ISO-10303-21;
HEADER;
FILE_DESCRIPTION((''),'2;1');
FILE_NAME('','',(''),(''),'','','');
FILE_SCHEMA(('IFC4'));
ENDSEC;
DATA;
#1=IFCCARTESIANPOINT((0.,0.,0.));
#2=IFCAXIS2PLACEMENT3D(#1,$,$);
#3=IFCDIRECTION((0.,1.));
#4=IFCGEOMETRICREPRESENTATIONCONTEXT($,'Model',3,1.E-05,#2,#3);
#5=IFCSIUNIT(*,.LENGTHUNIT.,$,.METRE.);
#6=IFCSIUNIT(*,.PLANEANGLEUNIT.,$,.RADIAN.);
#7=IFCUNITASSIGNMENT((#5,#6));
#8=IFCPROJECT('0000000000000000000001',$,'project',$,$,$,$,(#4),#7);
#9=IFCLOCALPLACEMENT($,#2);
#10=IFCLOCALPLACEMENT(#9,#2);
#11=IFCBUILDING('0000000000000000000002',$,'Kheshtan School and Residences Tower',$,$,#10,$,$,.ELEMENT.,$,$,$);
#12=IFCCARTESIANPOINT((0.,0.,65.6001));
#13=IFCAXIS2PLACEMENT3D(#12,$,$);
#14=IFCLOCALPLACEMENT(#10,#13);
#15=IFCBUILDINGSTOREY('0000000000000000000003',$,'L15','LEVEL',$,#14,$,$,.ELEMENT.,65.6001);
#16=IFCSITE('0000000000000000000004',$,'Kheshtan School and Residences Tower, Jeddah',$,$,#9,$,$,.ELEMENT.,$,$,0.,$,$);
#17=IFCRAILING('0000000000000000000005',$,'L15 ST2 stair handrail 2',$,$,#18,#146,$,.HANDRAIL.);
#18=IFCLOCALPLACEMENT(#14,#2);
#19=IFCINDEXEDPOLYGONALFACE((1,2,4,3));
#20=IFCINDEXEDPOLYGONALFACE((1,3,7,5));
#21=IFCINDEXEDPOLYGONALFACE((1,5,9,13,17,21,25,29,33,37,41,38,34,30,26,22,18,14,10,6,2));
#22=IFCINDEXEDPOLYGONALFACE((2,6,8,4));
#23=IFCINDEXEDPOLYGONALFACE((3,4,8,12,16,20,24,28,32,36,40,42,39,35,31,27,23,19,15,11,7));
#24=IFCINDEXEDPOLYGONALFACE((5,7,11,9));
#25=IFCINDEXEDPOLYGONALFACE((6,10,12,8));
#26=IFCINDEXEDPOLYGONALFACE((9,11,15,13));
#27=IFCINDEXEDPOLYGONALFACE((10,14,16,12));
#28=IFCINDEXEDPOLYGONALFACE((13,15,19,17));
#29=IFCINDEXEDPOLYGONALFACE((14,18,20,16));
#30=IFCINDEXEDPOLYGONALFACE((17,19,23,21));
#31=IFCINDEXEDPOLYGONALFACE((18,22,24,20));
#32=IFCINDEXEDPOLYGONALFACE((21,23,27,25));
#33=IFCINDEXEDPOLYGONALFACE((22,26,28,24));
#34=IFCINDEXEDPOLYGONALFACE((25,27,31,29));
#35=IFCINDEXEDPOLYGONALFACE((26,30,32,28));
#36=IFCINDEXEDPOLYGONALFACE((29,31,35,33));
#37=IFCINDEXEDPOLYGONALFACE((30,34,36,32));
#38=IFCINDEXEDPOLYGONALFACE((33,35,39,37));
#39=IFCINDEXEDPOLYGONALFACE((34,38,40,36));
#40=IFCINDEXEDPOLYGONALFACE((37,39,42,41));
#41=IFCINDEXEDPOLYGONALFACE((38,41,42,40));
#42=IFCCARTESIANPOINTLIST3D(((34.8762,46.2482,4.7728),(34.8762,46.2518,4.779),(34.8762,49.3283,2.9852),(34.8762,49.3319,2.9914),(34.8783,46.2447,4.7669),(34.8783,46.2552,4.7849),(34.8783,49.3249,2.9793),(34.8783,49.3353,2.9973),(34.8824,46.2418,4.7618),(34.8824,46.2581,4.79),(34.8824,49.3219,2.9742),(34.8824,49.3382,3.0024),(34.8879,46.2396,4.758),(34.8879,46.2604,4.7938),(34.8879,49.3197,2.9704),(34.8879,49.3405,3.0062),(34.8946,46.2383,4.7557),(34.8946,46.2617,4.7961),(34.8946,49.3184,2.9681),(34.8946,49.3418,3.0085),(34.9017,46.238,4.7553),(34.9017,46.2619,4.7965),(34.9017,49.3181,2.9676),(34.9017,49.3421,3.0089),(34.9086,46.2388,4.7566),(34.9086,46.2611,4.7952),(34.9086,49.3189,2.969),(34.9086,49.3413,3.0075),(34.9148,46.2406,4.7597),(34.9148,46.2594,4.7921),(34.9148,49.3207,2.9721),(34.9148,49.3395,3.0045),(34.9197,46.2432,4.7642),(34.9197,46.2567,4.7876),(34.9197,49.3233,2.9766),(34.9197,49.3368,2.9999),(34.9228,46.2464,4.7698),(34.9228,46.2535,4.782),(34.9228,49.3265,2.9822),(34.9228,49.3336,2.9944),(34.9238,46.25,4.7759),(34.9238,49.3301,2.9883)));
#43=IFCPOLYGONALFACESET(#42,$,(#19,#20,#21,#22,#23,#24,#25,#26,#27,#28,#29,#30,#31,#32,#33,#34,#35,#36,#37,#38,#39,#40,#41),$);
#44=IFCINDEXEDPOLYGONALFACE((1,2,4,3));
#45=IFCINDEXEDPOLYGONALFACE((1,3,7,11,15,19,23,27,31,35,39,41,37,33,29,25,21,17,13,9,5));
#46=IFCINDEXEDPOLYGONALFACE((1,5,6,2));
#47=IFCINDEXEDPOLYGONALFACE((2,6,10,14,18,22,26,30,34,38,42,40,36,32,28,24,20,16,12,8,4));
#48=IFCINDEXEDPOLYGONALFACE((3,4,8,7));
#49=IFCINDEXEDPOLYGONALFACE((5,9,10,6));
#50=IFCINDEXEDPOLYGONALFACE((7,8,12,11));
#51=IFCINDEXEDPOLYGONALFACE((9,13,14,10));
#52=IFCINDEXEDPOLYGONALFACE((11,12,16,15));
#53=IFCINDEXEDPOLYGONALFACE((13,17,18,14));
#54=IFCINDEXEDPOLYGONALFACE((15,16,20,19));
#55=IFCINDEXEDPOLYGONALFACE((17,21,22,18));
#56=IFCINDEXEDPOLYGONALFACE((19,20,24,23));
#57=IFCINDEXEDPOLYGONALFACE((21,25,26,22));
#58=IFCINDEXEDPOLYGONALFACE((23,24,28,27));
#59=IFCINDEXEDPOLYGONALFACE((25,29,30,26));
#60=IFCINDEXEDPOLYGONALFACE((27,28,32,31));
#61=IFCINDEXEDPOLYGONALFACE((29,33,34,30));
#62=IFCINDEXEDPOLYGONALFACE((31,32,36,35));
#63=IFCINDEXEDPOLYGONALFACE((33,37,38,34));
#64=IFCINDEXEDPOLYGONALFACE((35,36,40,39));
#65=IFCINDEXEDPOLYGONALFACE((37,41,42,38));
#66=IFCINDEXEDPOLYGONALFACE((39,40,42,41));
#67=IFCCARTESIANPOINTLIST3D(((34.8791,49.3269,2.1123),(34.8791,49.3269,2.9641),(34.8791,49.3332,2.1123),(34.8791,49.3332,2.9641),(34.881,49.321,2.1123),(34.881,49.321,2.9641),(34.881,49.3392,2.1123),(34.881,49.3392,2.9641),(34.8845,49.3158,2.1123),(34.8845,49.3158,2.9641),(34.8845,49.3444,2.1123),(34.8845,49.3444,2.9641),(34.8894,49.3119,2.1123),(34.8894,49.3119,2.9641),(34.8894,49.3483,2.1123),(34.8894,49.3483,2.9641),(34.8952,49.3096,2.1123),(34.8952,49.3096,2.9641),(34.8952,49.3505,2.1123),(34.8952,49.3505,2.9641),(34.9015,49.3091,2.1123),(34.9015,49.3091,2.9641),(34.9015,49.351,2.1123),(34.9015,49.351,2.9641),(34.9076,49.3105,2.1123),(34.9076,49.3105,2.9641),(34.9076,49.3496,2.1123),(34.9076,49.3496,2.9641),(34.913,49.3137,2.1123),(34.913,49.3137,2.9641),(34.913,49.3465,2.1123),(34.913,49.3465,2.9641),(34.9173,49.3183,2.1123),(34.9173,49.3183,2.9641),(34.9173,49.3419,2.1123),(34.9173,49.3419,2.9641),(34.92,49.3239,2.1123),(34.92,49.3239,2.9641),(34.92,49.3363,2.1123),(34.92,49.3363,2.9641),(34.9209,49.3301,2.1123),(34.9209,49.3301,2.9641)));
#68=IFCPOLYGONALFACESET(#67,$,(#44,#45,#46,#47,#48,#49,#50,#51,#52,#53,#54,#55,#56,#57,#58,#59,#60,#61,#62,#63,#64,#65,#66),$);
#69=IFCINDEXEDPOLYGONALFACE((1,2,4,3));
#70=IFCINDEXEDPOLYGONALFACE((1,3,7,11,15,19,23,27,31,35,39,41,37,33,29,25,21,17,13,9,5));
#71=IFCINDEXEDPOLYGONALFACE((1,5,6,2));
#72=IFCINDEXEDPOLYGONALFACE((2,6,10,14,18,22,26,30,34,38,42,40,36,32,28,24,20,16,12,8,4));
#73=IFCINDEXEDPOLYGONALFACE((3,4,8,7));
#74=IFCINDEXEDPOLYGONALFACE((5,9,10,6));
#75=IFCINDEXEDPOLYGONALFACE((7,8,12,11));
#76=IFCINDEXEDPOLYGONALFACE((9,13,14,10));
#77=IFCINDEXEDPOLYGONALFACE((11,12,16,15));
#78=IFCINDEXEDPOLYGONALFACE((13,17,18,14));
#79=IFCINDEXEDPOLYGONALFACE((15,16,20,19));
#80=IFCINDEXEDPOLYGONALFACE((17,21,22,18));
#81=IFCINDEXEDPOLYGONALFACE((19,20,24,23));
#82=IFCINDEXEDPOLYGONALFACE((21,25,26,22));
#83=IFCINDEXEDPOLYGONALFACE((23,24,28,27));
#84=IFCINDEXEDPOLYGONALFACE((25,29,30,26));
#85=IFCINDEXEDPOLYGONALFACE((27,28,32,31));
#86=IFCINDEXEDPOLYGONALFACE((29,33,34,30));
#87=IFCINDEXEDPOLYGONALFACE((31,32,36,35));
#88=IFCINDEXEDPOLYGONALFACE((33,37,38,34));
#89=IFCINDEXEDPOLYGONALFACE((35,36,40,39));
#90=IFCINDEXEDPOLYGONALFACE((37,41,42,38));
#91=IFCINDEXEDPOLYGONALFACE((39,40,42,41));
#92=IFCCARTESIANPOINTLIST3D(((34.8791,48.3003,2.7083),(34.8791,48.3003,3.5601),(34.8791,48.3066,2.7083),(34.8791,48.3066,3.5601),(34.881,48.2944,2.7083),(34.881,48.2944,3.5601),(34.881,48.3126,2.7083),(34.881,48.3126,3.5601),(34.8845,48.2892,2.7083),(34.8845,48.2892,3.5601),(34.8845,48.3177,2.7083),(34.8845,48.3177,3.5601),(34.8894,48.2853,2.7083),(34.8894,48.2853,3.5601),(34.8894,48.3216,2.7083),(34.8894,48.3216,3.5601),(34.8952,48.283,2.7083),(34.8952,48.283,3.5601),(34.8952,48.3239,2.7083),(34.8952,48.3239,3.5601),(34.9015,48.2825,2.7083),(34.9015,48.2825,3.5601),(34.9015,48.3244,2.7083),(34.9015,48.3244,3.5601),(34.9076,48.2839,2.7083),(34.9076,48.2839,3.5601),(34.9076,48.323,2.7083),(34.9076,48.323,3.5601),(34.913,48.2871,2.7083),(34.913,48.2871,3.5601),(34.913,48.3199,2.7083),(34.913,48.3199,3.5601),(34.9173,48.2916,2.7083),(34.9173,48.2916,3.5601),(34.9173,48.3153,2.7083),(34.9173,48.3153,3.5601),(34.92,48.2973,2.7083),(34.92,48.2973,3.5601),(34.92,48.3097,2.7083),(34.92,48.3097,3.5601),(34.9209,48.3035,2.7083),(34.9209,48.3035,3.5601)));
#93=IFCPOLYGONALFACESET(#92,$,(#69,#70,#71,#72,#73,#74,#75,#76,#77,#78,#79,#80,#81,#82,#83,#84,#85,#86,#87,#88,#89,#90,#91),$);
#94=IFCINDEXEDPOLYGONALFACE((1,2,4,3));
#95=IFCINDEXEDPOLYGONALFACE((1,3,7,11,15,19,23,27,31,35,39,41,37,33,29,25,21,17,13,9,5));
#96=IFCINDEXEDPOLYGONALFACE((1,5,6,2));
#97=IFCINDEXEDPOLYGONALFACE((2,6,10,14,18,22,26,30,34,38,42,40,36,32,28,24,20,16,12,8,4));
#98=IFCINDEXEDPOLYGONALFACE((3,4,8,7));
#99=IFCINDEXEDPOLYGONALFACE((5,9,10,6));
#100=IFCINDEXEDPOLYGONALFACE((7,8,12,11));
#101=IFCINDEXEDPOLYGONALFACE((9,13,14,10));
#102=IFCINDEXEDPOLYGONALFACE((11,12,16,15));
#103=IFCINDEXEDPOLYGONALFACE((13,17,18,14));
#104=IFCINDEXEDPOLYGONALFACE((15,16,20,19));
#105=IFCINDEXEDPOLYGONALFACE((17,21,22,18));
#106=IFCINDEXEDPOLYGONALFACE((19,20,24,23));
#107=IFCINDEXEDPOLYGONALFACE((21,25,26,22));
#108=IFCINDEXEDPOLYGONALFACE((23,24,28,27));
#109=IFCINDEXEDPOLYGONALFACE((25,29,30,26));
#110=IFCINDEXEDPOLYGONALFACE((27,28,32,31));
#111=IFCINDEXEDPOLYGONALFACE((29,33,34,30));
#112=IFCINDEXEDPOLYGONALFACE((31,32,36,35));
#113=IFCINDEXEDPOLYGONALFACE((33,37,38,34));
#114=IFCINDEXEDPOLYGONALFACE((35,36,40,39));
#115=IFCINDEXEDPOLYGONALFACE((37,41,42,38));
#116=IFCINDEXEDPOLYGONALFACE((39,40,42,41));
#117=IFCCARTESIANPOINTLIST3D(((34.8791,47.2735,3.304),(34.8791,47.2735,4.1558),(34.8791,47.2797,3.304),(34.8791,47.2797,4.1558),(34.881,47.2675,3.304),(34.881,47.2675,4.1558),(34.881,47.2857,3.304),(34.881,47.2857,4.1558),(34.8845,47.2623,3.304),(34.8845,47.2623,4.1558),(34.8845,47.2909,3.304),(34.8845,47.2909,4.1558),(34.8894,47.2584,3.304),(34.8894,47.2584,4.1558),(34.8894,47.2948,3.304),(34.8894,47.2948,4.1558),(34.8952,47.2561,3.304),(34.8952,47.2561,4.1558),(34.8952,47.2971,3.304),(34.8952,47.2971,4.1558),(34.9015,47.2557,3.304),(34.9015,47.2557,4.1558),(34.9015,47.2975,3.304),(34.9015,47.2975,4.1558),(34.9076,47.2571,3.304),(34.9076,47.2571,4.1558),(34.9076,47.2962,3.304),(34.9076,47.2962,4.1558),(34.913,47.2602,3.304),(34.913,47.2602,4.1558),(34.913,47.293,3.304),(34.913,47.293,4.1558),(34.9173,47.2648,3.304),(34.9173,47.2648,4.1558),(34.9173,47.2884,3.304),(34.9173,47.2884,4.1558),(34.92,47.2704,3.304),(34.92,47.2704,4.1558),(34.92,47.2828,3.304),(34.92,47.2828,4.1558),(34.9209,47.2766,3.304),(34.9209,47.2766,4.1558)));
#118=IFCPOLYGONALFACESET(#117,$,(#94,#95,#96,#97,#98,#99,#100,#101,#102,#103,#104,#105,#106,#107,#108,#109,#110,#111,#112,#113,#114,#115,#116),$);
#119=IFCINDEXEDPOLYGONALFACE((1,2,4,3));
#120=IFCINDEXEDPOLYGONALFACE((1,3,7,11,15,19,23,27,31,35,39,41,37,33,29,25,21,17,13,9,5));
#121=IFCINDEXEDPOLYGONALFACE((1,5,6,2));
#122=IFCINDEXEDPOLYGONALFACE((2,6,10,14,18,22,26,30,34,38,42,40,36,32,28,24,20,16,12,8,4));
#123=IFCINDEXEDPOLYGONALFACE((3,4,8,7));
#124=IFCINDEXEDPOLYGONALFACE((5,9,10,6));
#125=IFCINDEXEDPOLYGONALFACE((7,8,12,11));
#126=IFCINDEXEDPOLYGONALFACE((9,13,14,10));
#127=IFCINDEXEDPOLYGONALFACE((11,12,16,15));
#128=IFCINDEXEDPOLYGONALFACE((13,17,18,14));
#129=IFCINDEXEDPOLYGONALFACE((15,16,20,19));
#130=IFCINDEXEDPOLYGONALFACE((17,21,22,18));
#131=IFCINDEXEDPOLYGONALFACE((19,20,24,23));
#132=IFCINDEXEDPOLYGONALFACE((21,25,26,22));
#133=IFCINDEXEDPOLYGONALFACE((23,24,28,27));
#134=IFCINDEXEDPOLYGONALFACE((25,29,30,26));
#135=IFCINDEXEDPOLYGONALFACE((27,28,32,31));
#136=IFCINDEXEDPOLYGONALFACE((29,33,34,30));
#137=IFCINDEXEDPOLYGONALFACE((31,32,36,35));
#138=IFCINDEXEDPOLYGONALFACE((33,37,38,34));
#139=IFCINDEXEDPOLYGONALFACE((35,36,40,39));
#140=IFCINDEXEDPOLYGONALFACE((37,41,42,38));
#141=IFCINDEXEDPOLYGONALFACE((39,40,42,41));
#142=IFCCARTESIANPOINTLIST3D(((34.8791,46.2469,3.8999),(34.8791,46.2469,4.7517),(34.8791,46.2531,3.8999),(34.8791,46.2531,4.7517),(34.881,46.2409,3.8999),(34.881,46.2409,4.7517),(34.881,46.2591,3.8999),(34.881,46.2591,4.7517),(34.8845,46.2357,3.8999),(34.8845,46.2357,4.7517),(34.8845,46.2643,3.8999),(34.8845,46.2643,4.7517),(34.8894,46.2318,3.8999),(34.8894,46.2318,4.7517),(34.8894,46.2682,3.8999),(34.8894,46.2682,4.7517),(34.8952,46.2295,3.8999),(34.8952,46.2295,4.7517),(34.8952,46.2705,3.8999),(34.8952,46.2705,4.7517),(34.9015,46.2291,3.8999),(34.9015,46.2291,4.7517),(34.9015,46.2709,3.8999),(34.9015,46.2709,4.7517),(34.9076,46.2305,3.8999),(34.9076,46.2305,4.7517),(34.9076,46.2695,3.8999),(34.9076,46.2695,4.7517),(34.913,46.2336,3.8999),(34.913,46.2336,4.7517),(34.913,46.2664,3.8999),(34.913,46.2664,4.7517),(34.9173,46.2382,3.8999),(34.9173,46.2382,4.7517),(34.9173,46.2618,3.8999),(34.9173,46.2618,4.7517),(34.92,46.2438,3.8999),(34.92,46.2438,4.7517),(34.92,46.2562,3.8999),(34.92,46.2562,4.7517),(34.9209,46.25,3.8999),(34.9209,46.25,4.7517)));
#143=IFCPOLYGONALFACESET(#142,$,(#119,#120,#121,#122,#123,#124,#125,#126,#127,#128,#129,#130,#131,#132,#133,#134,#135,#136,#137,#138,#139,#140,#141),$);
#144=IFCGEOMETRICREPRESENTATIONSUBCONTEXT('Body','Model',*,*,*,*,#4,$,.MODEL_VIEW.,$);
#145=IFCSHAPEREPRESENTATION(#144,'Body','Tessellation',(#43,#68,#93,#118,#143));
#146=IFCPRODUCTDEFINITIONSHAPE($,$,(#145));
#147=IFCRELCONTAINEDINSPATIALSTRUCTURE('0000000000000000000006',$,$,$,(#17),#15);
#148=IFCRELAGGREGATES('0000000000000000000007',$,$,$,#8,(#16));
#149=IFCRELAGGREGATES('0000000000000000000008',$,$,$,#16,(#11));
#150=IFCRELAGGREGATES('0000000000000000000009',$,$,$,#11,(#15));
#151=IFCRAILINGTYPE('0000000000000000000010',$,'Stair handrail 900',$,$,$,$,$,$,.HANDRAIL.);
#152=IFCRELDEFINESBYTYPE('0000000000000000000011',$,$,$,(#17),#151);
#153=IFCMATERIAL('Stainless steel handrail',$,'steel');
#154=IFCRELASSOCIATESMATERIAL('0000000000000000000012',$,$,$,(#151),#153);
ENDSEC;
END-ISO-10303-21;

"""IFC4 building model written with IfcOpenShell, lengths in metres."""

from ifc_helpers import new_model, si_unit, direction, frame, origin, origin_2d, place, context, subcontext, project, spatial, circle, extrude, material, type_object, element, save


model = new_model("IFC4")

# Units and contexts
model_context = context("Model", 3, precision=1e-05, world=origin(), true_north=direction((0.0, 1.0)))
body_context = subcontext(model_context, "Body", "Model", "MODEL_VIEW")
ifc_project = project(units=[si_unit("LENGTHUNIT", "METRE"), si_unit("PLANEANGLEUNIT", "RADIAN")], contexts=[model_context])

# Site, building, storey
site_placement = place(None, origin())
site = spatial("IfcSite", under=ifc_project, at=site_placement, Name="Kheshtan School and Residences Tower, Jeddah", CompositionType="ELEMENT", RefElevation=0.0)
building_placement = place(site_placement, origin())
building = spatial("IfcBuilding", under=site, at=building_placement, Name="Kheshtan School and Residences Tower", CompositionType="ELEMENT")
storey_placement = place(building_placement, frame((0.0, 0.0, 65.6001)))
storey = spatial("IfcBuildingStorey", under=building, at=storey_placement, Name="L15", Description="LEVEL", CompositionType="ELEMENT", Elevation=65.6001)

# Railing
ifc_material_1 = material(Name="Stainless steel handrail", Category="steel")
railing_type_1 = type_object("IfcRailingType", Name="Stair handrail 900", PredefinedType="HANDRAIL", material=ifc_material_1)
railing_1_placement = place(storey_placement, frame((34.8999, 49.3301, 2.1123)))
element("IfcRailing", 1, at=railing_1_placement, inside=storey, type_object=railing_type_1, Name="L15 ST2 stair handrail 2", PredefinedType="HANDRAIL", context=body_context, shape_type="SweptSolid", body=[
    extrude(circle(Radius=0.0239, at=origin_2d()), frame((0.0, 0.0, 0.876), z_axis=(0.0, -0.864891, 0.50196), x_axis=(1.0, 0.0, 0.0)), (0.0, 0.0, 1.0), 3.5613),
    extrude(circle(Radius=0.021, at=origin_2d()), origin(), (0.0, 0.0, 1.0), 0.8518),
    extrude(circle(Radius=0.021, at=origin_2d()), frame((0.0, -1.0266, 0.5959)), (0.0, 0.0, 1.0), 0.8518),
    extrude(circle(Radius=0.021, at=origin_2d()), frame((0.0, -2.0535, 1.1917)), (0.0, 0.0, 1.0), 0.8518),
    extrude(circle(Radius=0.021, at=origin_2d()), frame((0.0, -3.0801, 1.7876)), (0.0, 0.0, 1.0), 0.8518),
])

save(model, "model.ifc")
